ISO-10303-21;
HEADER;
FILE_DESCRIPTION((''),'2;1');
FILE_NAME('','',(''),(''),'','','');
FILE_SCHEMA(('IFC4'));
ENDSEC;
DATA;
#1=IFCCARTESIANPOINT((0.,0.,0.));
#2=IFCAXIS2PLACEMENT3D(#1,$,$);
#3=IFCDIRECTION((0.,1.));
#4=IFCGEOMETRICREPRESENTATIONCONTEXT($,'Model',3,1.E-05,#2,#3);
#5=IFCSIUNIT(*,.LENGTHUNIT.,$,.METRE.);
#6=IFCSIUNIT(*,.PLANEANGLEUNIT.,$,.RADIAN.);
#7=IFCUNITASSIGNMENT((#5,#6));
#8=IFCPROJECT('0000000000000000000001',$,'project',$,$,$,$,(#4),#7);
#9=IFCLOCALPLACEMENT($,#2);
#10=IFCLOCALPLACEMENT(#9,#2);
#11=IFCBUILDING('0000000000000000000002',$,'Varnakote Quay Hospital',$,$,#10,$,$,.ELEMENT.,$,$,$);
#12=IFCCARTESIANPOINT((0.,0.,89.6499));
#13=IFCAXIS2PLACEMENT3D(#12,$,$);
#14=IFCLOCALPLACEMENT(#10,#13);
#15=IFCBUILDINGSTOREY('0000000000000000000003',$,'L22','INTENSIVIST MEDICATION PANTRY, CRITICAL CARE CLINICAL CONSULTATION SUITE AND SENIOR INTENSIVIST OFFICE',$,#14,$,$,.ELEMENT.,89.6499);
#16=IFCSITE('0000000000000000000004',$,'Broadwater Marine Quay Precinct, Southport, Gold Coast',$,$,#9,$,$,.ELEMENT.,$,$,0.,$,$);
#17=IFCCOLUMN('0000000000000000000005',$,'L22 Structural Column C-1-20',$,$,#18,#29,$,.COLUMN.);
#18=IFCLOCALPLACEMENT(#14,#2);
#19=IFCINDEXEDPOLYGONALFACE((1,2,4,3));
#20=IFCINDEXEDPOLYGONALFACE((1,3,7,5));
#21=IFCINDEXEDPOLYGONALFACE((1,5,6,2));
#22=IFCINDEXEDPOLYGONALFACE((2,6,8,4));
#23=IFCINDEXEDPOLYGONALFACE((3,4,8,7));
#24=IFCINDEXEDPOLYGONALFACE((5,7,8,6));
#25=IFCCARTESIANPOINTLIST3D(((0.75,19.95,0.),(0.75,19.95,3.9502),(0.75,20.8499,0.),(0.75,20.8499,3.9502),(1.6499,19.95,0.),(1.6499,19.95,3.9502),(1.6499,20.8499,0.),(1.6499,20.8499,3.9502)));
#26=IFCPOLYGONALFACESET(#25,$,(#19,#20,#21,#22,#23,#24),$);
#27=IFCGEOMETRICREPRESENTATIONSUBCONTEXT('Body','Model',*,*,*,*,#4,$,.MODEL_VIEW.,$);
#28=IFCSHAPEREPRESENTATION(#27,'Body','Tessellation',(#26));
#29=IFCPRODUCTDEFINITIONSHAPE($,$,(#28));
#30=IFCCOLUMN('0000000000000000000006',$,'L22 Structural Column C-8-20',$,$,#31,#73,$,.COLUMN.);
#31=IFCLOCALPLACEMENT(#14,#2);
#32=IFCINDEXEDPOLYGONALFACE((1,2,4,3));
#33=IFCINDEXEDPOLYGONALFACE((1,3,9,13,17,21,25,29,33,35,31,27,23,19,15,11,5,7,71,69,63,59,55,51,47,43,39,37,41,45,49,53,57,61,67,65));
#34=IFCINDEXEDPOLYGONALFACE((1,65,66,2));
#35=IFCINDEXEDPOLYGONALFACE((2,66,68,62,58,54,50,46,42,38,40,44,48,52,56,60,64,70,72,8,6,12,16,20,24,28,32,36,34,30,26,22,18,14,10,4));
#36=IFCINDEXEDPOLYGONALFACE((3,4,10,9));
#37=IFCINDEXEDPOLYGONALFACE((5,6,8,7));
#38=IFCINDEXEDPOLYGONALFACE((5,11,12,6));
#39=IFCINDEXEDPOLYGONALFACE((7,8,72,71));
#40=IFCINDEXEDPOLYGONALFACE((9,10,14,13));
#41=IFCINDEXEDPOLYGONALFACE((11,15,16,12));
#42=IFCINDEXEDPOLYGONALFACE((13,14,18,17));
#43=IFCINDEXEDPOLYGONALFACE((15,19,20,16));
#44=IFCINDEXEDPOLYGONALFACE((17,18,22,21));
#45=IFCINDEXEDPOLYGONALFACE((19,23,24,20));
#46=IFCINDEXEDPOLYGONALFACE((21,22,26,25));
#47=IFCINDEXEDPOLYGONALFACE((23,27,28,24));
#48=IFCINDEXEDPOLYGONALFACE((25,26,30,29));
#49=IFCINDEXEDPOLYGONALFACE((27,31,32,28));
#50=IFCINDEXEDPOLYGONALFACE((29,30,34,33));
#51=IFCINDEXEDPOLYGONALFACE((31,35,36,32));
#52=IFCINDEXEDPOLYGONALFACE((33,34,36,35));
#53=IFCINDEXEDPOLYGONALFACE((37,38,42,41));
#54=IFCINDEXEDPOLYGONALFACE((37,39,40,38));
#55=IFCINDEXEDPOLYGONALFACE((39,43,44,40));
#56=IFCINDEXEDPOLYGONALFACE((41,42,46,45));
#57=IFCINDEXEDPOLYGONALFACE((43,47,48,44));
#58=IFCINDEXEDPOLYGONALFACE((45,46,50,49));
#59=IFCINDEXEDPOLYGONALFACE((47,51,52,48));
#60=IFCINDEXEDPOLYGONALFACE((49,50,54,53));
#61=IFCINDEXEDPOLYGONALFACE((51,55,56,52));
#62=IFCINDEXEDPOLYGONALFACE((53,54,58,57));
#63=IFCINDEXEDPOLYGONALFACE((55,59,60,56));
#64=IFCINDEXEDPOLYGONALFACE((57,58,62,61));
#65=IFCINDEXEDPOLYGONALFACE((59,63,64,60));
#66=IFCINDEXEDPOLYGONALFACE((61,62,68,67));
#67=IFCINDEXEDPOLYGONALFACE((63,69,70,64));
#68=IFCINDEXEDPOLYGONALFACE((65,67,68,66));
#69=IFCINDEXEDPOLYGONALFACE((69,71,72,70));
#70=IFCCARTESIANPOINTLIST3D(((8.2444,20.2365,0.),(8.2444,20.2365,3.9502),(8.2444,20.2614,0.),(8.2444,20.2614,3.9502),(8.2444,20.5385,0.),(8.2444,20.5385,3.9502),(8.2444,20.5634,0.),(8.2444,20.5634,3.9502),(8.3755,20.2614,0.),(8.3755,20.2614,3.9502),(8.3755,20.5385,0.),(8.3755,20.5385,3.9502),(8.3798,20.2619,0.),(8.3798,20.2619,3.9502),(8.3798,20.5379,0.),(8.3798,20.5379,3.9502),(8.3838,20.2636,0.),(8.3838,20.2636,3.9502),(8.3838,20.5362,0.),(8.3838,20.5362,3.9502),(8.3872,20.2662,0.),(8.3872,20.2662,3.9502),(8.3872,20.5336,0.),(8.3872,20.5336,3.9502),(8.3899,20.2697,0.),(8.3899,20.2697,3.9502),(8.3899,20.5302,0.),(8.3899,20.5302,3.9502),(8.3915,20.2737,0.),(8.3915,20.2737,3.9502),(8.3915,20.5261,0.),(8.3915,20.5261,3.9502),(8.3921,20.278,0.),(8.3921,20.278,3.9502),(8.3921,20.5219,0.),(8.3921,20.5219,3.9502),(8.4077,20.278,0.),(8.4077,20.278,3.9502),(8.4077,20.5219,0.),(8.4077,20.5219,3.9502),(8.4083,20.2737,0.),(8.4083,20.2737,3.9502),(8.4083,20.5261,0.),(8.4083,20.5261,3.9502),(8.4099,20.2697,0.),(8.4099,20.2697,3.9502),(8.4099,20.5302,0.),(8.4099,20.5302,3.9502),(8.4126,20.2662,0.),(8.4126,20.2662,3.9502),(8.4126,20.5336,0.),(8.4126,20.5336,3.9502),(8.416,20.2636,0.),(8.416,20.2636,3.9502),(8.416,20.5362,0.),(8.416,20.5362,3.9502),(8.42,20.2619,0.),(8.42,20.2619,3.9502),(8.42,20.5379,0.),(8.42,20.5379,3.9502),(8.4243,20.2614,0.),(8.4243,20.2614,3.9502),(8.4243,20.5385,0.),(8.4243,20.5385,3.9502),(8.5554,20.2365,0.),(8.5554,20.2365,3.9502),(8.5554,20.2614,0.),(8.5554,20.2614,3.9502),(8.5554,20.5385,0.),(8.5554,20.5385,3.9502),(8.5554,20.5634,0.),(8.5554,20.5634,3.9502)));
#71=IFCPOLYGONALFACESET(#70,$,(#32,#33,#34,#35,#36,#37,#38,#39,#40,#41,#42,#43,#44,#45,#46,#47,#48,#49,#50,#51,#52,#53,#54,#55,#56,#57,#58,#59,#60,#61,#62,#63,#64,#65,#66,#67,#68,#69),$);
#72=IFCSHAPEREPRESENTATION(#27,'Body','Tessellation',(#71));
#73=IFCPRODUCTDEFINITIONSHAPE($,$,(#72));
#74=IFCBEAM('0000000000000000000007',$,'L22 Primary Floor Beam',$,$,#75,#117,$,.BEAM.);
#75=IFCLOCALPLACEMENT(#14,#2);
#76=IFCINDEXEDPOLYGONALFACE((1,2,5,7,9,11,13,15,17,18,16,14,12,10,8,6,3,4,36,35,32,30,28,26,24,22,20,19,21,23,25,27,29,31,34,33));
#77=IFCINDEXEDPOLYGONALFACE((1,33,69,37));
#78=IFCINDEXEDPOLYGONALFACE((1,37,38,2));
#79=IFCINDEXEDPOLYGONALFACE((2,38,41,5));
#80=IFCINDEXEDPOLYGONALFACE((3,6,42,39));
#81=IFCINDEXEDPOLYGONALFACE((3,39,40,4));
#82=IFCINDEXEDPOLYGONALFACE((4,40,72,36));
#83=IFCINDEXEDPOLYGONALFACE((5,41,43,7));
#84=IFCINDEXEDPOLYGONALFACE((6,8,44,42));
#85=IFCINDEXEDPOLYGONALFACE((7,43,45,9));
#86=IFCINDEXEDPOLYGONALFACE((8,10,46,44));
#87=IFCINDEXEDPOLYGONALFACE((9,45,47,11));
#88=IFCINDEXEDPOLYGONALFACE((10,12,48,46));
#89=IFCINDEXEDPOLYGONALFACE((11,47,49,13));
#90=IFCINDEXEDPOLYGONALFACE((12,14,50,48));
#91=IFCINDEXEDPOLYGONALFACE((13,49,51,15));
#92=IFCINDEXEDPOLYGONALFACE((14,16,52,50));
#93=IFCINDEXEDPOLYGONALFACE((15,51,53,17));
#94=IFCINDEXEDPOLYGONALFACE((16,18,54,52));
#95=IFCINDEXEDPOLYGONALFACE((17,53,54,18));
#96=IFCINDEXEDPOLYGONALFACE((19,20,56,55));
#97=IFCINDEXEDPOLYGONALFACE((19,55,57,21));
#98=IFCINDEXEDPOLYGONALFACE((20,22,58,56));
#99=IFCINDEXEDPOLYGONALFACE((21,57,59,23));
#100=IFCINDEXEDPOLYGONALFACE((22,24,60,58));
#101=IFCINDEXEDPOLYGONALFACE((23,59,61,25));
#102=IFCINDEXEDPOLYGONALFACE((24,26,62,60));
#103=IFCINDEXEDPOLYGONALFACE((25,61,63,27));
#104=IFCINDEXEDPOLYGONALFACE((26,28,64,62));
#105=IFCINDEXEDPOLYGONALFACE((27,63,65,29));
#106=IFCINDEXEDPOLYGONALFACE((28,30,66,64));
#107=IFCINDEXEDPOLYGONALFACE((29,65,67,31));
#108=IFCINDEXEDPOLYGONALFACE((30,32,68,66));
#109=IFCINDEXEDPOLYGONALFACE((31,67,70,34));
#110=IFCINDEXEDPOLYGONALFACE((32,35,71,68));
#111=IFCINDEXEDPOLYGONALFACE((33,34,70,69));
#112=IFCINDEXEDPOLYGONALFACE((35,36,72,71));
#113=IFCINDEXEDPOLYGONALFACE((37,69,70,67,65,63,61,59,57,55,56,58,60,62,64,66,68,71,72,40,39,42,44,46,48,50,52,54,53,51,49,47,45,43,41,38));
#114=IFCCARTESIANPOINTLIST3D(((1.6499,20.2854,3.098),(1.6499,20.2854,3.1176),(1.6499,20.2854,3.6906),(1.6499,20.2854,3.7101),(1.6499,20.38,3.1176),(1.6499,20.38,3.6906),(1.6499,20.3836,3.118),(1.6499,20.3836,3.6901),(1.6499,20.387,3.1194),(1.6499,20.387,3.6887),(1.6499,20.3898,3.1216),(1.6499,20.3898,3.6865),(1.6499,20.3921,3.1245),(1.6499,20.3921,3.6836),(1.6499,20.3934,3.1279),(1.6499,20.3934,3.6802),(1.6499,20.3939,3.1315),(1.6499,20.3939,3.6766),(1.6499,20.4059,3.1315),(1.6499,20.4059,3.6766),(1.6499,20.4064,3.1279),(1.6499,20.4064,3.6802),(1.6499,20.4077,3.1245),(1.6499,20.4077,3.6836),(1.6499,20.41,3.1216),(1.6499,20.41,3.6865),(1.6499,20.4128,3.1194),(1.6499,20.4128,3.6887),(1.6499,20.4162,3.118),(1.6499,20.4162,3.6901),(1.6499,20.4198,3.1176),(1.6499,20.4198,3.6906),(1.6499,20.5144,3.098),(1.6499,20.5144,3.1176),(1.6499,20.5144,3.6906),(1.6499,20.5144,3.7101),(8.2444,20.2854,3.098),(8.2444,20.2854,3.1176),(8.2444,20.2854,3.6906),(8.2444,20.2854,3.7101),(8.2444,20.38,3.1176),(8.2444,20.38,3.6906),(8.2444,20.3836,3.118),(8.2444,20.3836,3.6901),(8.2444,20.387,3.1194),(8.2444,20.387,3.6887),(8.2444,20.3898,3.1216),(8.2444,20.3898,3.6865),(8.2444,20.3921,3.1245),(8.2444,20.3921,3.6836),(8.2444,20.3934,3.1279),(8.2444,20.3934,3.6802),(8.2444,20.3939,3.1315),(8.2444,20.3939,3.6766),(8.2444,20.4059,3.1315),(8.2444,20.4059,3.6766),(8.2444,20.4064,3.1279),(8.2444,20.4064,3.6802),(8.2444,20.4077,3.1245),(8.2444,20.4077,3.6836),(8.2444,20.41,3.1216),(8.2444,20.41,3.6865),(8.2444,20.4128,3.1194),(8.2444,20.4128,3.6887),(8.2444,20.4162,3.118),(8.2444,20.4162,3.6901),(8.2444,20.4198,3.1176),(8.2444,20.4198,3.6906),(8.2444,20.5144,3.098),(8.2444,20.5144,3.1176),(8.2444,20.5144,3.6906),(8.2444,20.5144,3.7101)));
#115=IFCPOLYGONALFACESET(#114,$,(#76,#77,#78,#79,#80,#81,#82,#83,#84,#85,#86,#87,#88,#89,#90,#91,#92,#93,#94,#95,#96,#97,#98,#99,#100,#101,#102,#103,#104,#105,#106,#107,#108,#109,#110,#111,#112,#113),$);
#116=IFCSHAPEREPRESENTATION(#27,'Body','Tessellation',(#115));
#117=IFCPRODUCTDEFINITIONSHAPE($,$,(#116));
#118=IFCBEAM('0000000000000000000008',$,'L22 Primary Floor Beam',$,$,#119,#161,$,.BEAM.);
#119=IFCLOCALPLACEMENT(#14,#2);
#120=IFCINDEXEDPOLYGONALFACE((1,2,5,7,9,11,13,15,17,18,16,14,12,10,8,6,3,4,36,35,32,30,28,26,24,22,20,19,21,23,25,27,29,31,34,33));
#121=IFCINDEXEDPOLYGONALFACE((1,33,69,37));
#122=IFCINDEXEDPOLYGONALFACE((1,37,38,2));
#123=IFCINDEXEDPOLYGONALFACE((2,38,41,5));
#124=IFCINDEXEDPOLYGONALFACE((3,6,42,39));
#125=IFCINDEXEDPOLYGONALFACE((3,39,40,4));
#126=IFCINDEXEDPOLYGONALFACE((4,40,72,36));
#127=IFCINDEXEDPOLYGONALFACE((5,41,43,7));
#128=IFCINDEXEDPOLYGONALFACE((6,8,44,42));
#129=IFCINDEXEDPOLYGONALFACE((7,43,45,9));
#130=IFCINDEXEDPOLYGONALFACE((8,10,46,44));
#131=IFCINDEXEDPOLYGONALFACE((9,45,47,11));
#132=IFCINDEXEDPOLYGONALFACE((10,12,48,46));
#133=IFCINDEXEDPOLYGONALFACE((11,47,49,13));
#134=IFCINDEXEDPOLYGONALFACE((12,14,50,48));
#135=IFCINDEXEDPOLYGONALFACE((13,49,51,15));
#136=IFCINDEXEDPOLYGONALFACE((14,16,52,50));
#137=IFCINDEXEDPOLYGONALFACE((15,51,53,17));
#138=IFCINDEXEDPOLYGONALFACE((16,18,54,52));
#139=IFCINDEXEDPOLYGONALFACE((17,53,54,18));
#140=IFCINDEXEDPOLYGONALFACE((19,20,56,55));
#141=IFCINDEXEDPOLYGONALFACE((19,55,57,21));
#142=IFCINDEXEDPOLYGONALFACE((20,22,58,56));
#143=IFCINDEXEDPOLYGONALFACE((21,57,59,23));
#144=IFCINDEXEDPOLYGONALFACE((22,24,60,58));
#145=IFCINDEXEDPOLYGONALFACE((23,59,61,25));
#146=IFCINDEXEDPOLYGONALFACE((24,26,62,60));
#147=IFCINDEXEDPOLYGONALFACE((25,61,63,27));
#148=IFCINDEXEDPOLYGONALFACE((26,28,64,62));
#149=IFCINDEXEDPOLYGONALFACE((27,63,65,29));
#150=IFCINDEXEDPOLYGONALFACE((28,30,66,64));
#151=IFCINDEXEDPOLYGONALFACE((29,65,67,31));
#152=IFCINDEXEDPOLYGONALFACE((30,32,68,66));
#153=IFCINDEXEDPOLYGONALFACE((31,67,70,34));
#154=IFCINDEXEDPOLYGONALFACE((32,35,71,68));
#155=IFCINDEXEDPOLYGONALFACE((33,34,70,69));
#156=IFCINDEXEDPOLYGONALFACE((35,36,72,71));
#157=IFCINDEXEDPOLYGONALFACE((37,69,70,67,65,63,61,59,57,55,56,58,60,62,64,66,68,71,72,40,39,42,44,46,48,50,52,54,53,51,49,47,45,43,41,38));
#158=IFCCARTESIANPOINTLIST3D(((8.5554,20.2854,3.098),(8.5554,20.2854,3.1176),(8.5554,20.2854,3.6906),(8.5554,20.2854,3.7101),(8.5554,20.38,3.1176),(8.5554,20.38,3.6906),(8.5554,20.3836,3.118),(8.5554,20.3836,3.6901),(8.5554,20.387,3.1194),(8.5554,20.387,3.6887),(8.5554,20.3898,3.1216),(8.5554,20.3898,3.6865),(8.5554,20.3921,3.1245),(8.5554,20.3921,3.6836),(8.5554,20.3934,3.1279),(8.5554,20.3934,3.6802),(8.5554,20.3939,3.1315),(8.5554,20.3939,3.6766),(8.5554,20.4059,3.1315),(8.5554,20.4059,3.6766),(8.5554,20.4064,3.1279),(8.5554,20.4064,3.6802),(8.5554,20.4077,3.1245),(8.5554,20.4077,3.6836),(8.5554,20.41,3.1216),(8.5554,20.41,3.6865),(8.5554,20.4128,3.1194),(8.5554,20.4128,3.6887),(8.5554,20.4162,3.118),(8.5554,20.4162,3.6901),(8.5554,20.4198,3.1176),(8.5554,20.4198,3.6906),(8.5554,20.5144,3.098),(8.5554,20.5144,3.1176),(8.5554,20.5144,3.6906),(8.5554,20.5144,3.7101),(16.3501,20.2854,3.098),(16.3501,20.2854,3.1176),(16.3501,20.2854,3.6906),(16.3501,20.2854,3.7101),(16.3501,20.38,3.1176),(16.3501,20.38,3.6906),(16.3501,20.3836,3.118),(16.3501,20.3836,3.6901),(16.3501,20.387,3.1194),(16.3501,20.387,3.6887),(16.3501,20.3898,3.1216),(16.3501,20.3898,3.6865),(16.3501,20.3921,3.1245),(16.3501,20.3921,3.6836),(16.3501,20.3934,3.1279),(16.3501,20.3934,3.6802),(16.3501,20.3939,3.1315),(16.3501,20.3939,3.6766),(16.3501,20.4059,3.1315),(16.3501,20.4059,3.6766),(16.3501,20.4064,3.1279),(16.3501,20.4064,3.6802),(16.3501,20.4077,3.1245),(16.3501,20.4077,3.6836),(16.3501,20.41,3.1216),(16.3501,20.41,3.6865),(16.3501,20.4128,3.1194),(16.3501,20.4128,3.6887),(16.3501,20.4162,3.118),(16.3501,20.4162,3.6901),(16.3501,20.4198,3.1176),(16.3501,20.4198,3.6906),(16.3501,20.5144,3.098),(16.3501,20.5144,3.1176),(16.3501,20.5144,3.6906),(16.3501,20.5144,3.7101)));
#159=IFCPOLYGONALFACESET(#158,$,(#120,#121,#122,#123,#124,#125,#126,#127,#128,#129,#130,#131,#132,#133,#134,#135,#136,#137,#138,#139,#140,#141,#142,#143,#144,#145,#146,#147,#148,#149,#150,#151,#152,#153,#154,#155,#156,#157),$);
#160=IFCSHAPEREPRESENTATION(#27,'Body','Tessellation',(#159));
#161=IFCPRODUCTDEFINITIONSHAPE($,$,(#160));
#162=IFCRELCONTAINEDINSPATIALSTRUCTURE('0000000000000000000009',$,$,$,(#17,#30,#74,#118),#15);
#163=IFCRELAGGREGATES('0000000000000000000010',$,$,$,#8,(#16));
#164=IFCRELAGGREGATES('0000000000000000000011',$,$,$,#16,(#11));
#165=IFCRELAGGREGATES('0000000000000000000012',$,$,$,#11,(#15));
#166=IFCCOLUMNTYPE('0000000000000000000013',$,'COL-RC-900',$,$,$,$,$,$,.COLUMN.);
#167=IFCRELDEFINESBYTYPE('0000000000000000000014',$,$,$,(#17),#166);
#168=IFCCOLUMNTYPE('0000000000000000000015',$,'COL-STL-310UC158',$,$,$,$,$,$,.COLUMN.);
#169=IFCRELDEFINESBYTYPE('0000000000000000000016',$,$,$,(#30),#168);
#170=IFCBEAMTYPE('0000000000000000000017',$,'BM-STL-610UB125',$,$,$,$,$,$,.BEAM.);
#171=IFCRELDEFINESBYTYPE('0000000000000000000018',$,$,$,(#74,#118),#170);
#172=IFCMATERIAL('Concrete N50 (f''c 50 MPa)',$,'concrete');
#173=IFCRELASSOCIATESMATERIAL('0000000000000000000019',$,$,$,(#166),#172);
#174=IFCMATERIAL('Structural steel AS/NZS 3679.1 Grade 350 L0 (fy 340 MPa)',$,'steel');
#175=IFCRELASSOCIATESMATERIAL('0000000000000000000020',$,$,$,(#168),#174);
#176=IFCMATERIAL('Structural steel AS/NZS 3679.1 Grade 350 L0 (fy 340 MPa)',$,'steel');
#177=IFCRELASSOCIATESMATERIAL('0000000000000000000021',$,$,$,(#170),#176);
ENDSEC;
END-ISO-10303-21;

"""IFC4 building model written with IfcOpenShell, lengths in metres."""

from ifc_helpers import new_model, si_unit, direction, frame, origin, origin_2d, place, context, subcontext, project, spatial, rectangle, i_section, extrude, material, material_profile, profile_set, type_object, element, save


model = new_model("IFC4")

# Units and contexts
model_context = context("Model", 3, precision=1e-05, world=origin(), true_north=direction((0.0, 1.0)))
body_context = subcontext(model_context, "Body", "Model", "MODEL_VIEW")
ifc_project = project(units=[si_unit("LENGTHUNIT", "METRE"), si_unit("PLANEANGLEUNIT", "RADIAN")], contexts=[model_context])

# Site, building, storey
site_placement = place(None, origin())
site = spatial("IfcSite", under=ifc_project, at=site_placement, Name="Broadwater Marine Quay Precinct, Southport, Gold Coast", CompositionType="ELEMENT", RefElevation=0.0)
building_placement = place(site_placement, origin())
building = spatial("IfcBuilding", under=site, at=building_placement, Name="Varnakote Quay Hospital", CompositionType="ELEMENT")
storey_placement = place(building_placement, frame((0.0, 0.0, 89.6499)))
storey = spatial("IfcBuildingStorey", under=building, at=storey_placement, Name="L22", Description="INTENSIVIST MEDICATION PANTRY, CRITICAL CARE CLINICAL CONSULTATION SUITE AND SENIOR INTENSIVIST OFFICE", CompositionType="ELEMENT", Elevation=89.6499)

# Columns
ifc_material_1 = material(Name="Concrete N50 (f'c 50 MPa)", Category="concrete")
ifc_material_profile_1 = material_profile(ifc_material_1, rectangle(XDim=0.8999, YDim=0.8999, at=origin_2d()), Name="RC-COL-900x900")
ifc_profile_set_1 = profile_set([ifc_material_profile_1], Name="Concrete N50 (f'c 50 MPa)")
column_type_1 = type_object("IfcColumnType", Name="COL-RC-900", PredefinedType="COLUMN", material=ifc_profile_set_1)
column_1_placement = place(storey_placement, frame((1.2, 20.3999, 0.0), z_axis=(0.0, 0.0, 1.0), x_axis=(1.0, 0.0, 0.0)))
element("IfcColumn", 1, at=column_1_placement, inside=storey, type_object=column_type_1, Name="L22 Structural Column C-1-20", PredefinedType="COLUMN", context=body_context, shape_type="SweptSolid", body=[
    extrude(rectangle(XDim=0.8999, YDim=0.8999, at=origin_2d()), origin(), (0.0, 0.0, 1.0), 3.9502),
])
ifc_material_2 = material(Name="Structural steel AS/NZS 3679.1 Grade 350 L0 (fy 340 MPa)", Category="steel")
ifc_material_profile_2 = material_profile(ifc_material_2, i_section(OverallWidth=0.311, OverallDepth=0.3269, WebThickness=0.0156, FlangeThickness=0.0249, FilletRadius=0.0166, at=origin_2d()), Name="310UC158")
ifc_profile_set_2 = profile_set([ifc_material_profile_2], Name="Structural steel AS/NZS 3679.1 Grade 350 L0 (fy 340 MPa)")
column_type_2 = type_object("IfcColumnType", Name="COL-STL-310UC158", PredefinedType="COLUMN", material=ifc_profile_set_2)
column_2_placement = place(storey_placement, frame((8.3999, 20.3999, 0.0), z_axis=(0.0, 0.0, 1.0), x_axis=(1.0, 0.0, 0.0)))
element("IfcColumn", 2, at=column_2_placement, inside=storey, type_object=column_type_2, Name="L22 Structural Column C-8-20", PredefinedType="COLUMN", context=body_context, shape_type="SweptSolid", body=[
    extrude(i_section(OverallWidth=0.311, OverallDepth=0.3269, WebThickness=0.0156, FlangeThickness=0.0249, FilletRadius=0.0166, at=origin_2d()), origin(), (0.0, 0.0, 1.0), 3.9502),
])

# Beams
ifc_material_3 = material(Name="Structural steel AS/NZS 3679.1 Grade 350 L0 (fy 340 MPa)", Category="steel")
ifc_material_profile_3 = material_profile(ifc_material_3, i_section(OverallWidth=0.229, OverallDepth=0.6121, WebThickness=0.012, FlangeThickness=0.0195, FilletRadius=0.0139, at=origin_2d()), Name="610UB125")
ifc_profile_set_3 = profile_set([ifc_material_profile_3], Name="Structural steel AS/NZS 3679.1 Grade 350 L0 (fy 340 MPa)")
beam_type_1 = type_object("IfcBeamType", Name="BM-STL-610UB125", PredefinedType="BEAM", material=ifc_profile_set_3)
beam_1_placement = place(storey_placement, frame((1.6499, 20.3999, 3.4041), z_axis=(1.0, 0.0, 0.0), x_axis=(0.0, 1.0, 0.0)))
element("IfcBeam", 3, at=beam_1_placement, inside=storey, type_object=beam_type_1, Name="L22 Primary Floor Beam", PredefinedType="BEAM", context=body_context, shape_type="SweptSolid", body=[
    extrude(i_section(OverallWidth=0.229, OverallDepth=0.6121, WebThickness=0.012, FlangeThickness=0.0195, FilletRadius=0.0139, at=origin_2d()), origin(), (0.0, 0.0, 1.0), 6.5945),
])
beam_2_placement = place(storey_placement, frame((8.5554, 20.3999, 3.4041), z_axis=(1.0, 0.0, 0.0), x_axis=(0.0, 1.0, 0.0)))
element("IfcBeam", 4, at=beam_2_placement, inside=storey, type_object=beam_type_1, Name="L22 Primary Floor Beam", PredefinedType="BEAM", context=body_context, shape_type="SweptSolid", body=[
    extrude(i_section(OverallWidth=0.229, OverallDepth=0.6121, WebThickness=0.012, FlangeThickness=0.0195, FilletRadius=0.0139, at=origin_2d()), origin(), (0.0, 0.0, 1.0), 7.7947),
])

save(model, "model.ifc")
